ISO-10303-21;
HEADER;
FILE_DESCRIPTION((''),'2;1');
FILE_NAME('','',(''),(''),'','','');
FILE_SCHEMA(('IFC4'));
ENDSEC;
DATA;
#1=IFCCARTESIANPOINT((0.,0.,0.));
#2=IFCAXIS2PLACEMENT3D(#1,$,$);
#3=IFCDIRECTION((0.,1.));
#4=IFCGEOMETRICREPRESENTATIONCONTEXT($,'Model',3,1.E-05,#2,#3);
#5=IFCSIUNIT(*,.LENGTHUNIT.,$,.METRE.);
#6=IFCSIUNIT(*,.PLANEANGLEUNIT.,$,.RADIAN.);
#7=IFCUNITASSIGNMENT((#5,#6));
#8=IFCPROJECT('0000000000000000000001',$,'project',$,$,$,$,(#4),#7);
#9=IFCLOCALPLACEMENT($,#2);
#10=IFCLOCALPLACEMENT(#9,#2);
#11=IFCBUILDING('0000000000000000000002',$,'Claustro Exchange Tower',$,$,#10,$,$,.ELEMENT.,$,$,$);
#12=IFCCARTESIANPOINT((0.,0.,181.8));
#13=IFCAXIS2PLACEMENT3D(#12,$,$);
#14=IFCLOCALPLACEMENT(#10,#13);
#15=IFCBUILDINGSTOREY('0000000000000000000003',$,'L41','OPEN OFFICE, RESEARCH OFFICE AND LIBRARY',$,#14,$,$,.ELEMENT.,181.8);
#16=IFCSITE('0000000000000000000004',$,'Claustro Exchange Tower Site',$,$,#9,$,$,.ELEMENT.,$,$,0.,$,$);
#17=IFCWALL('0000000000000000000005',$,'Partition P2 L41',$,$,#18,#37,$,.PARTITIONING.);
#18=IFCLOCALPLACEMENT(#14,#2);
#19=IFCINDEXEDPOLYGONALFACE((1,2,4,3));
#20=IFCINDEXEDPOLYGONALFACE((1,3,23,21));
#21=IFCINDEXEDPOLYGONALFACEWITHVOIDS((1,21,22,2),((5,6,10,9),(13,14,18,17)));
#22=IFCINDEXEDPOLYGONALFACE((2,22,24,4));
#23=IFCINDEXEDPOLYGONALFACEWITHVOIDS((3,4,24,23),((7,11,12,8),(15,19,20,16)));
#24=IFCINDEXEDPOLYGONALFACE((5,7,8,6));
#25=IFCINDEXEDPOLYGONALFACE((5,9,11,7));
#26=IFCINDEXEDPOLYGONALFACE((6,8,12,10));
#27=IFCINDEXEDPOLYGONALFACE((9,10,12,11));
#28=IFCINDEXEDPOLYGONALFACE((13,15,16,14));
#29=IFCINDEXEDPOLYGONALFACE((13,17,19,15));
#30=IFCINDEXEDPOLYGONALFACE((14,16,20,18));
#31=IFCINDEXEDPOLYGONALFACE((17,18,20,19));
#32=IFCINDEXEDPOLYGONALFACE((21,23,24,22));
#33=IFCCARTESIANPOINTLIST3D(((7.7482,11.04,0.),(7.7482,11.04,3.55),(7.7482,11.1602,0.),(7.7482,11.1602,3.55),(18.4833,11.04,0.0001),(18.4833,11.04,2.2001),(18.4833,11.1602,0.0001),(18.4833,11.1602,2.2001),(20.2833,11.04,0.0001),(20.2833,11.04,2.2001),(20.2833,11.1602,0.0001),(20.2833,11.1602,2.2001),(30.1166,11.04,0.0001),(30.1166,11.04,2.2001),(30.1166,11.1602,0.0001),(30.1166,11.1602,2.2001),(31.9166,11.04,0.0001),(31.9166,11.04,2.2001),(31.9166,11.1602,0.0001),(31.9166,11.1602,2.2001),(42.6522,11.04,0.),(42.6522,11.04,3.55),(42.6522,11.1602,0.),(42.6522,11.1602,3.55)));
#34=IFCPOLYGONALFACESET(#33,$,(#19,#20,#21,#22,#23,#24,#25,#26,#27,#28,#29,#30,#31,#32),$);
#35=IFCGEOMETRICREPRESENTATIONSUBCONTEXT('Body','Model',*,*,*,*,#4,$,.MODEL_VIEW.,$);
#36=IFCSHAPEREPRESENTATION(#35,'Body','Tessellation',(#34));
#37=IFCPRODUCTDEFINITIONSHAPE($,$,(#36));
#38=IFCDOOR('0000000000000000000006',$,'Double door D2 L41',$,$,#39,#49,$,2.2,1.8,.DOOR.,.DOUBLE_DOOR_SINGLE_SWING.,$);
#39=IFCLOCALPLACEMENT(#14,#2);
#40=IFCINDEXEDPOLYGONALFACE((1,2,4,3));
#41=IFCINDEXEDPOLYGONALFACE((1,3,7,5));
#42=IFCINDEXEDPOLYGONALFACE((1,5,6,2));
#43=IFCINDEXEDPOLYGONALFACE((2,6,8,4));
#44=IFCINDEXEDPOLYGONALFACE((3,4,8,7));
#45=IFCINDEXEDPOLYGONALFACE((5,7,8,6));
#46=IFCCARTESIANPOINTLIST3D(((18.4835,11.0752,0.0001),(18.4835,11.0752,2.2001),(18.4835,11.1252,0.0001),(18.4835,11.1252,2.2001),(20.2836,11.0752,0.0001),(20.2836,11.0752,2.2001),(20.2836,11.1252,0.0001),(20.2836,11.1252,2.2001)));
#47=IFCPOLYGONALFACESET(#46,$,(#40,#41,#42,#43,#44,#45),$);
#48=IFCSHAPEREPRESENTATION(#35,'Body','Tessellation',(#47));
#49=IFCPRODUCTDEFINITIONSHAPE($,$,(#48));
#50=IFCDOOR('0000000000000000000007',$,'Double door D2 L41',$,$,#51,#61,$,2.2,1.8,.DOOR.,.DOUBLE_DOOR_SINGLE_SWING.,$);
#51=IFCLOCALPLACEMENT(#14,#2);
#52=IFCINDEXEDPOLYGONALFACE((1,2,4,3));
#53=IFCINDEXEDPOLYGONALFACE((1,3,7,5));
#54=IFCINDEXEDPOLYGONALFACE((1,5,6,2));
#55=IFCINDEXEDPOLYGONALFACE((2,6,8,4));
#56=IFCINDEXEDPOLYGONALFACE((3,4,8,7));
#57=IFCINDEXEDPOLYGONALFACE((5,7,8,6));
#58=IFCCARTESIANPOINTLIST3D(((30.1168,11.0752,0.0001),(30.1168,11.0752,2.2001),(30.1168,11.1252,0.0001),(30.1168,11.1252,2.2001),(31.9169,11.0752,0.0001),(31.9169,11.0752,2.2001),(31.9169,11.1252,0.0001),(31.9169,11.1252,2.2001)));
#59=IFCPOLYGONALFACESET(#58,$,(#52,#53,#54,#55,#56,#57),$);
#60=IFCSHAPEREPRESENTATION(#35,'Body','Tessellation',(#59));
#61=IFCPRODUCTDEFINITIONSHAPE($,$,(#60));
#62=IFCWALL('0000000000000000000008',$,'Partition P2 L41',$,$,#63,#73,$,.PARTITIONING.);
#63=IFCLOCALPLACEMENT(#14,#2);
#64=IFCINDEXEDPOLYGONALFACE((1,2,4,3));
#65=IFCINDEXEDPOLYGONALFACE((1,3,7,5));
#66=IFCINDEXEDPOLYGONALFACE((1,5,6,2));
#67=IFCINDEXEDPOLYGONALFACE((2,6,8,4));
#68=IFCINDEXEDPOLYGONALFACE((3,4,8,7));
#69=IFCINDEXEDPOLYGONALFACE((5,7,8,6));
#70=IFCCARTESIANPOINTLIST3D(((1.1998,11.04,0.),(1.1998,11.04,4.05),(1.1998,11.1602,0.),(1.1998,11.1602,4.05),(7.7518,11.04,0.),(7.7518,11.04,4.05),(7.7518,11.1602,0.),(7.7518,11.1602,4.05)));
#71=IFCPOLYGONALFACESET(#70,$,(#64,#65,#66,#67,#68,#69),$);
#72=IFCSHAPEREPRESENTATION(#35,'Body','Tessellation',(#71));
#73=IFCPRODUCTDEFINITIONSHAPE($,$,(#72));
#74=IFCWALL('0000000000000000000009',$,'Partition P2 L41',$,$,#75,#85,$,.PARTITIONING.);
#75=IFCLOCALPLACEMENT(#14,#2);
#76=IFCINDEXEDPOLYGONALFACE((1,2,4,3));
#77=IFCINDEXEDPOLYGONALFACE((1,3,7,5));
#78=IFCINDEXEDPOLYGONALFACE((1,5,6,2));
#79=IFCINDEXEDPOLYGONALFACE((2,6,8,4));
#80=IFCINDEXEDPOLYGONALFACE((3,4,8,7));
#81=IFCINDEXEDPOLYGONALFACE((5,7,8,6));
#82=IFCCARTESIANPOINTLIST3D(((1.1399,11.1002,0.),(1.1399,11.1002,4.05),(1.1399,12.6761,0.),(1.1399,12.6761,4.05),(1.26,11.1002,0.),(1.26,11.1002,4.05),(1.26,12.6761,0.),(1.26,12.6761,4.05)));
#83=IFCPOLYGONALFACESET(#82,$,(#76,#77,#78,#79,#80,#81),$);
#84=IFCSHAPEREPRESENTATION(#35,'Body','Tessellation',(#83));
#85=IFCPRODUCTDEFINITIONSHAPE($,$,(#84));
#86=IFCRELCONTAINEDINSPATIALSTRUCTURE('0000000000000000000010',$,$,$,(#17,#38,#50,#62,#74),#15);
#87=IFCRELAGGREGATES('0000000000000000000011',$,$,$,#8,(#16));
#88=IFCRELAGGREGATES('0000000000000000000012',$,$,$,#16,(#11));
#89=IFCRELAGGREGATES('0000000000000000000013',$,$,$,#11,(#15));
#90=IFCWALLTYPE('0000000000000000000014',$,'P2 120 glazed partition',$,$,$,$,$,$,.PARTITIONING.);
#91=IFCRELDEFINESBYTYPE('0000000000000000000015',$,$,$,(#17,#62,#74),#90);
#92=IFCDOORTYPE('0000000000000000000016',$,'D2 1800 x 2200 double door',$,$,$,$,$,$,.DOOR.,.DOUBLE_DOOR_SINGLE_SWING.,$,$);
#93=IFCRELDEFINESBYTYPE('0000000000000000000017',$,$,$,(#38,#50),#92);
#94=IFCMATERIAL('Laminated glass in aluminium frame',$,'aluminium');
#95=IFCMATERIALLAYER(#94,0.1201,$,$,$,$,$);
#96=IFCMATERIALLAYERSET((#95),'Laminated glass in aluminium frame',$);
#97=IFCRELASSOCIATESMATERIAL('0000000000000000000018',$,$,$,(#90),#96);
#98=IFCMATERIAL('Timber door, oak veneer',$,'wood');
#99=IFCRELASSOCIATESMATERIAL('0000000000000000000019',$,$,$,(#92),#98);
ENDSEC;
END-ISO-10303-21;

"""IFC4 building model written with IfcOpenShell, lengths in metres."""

from ifc_helpers import new_model, si_unit, direction, frame, frame_2d, origin, place, context, subcontext, project, spatial, rectangle, extrude, material, layer, layer_set, type_object, element, fill, save


model = new_model("IFC4")

# Units and contexts
model_context = context("Model", 3, precision=1e-05, world=origin(), true_north=direction((0.0, 1.0)))
body_context = subcontext(model_context, "Body", "Model", "MODEL_VIEW")
ifc_project = project(units=[si_unit("LENGTHUNIT", "METRE"), si_unit("PLANEANGLEUNIT", "RADIAN")], contexts=[model_context])

# Site, building, storey
site_placement = place(None, origin())
site = spatial("IfcSite", under=ifc_project, at=site_placement, Name="Claustro Exchange Tower Site", CompositionType="ELEMENT", RefElevation=0.0)
building_placement = place(site_placement, origin())
building = spatial("IfcBuilding", under=site, at=building_placement, Name="Claustro Exchange Tower", CompositionType="ELEMENT")
storey_placement = place(building_placement, frame((0.0, 0.0, 181.8)))
storey = spatial("IfcBuildingStorey", under=building, at=storey_placement, Name="L41", Description="OPEN OFFICE, RESEARCH OFFICE AND LIBRARY", CompositionType="ELEMENT", Elevation=181.8)

# Wall, openings, doors
ifc_material_1 = material(Name="Laminated glass in aluminium frame", Category="aluminium")
ifc_layer_1 = layer(ifc_material_1, 0.1201)
ifc_layer_set_1 = layer_set([ifc_layer_1], Name="Laminated glass in aluminium frame")
wall_type_1 = type_object("IfcWallType", Name="P2 120 glazed partition", PredefinedType="PARTITIONING", material=ifc_layer_set_1)
wall_1_placement = place(storey_placement, frame((7.748, 11.1001, 0.0), z_axis=(0.0, 0.0, 1.0), x_axis=(1.0, 0.0, 0.0)))
wall_1 = element("IfcWall", 1, at=wall_1_placement, inside=storey, type_object=wall_type_1, Name="Partition P2 L41", PredefinedType="PARTITIONING", context=body_context, shape_type="SweptSolid", body=[
    extrude(rectangle(XDim=34.9041, YDim=0.1201, at=frame_2d((17.4521, 0.0))), origin(), (0.0, 0.0, 1.0), 3.55),
])
opening_1_placement = place(wall_1_placement, frame((10.7354, 0.0, 0.0)))
opening_1 = element("IfcOpeningElement", 2, at=opening_1_placement, cuts=wall_1, PredefinedType="OPENING", context=body_context, shape_type="SweptSolid", body=[
    extrude(rectangle(XDim=1.8, YDim=2.2, at=frame_2d((0.8999, 1.1001))), frame((0.0, 0.0701, 0.0), z_axis=(0.0, -1.0, 0.0), x_axis=(1.0, 0.0, 0.0)), (0.0, 0.0, 1.0), 0.1401),
])
opening_2_placement = place(wall_1_placement, frame((22.3687, 0.0, 0.0)))
opening_2 = element("IfcOpeningElement", 3, at=opening_2_placement, cuts=wall_1, PredefinedType="OPENING", context=body_context, shape_type="SweptSolid", body=[
    extrude(rectangle(XDim=1.8, YDim=2.2, at=frame_2d((0.8999, 1.1001))), frame((0.0, 0.0701, 0.0), z_axis=(0.0, -1.0, 0.0), x_axis=(1.0, 0.0, 0.0)), (0.0, 0.0, 1.0), 0.1401),
])
ifc_material_2 = material(Name="Timber door, oak veneer", Category="wood")
door_type_1 = type_object("IfcDoorType", Name="D2 1800 x 2200 double door", OperationType="DOUBLE_DOOR_SINGLE_SWING", PredefinedType="DOOR", material=ifc_material_2)
door_1_placement = place(opening_1_placement, frame((1.8, 0.0, 0.0), z_axis=(0.0, 0.0, 1.0), x_axis=(-1.0, 0.0, 0.0)))
door_1 = element("IfcDoor", 4, at=door_1_placement, inside=storey, type_object=door_type_1, Name="Double door D2 L41", OperationType="DOUBLE_DOOR_SINGLE_SWING", OverallHeight=2.2, OverallWidth=1.8, PredefinedType="DOOR", context=body_context, shape_type="SweptSolid", body=[
    extrude(rectangle(XDim=1.8, YDim=2.2, at=frame_2d((0.8999, 1.1001))), frame((0.0, 0.0249, 0.0), z_axis=(0.0, -1.0, 0.0), x_axis=(1.0, 0.0, 0.0)), (0.0, 0.0, 1.0), 0.05),
])
fill(opening_1, door_1)
door_2_placement = place(opening_2_placement, frame((1.8, 0.0, 0.0), z_axis=(0.0, 0.0, 1.0), x_axis=(-1.0, 0.0, 0.0)))
door_2 = element("IfcDoor", 5, at=door_2_placement, inside=storey, type_object=door_type_1, Name="Double door D2 L41", OperationType="DOUBLE_DOOR_SINGLE_SWING", OverallHeight=2.2, OverallWidth=1.8, PredefinedType="DOOR", context=body_context, shape_type="SweptSolid", body=[
    extrude(rectangle(XDim=1.8, YDim=2.2, at=frame_2d((0.8999, 1.1001))), frame((0.0, 0.0249, 0.0), z_axis=(0.0, -1.0, 0.0), x_axis=(1.0, 0.0, 0.0)), (0.0, 0.0, 1.0), 0.05),
])
fill(opening_2, door_2)

# Walls
wall_2_placement = place(storey_placement, frame((1.2, 11.1001, 0.0), z_axis=(0.0, 0.0, 1.0), x_axis=(1.0, 0.0, 0.0)))
element("IfcWall", 6, at=wall_2_placement, inside=storey, type_object=wall_type_1, Name="Partition P2 L41", PredefinedType="PARTITIONING", context=body_context, shape_type="SweptSolid", body=[
    extrude(rectangle(XDim=6.552, YDim=0.1201, at=frame_2d((3.2759, 0.0))), origin(), (0.0, 0.0, 1.0), 4.05),
])
wall_3_placement = place(storey_placement, frame((1.2, 11.1001, 0.0), z_axis=(0.0, 0.0, 1.0), x_axis=(0.0, 1.0, 0.0)))
element("IfcWall", 7, at=wall_3_placement, inside=storey, type_object=wall_type_1, Name="Partition P2 L41", PredefinedType="PARTITIONING", context=body_context, shape_type="SweptSolid", body=[
    extrude(rectangle(XDim=1.5759, YDim=0.1201, at=frame_2d((0.7881, 0.0))), origin(), (0.0, 0.0, 1.0), 4.05),
])

save(model, "model.ifc")
